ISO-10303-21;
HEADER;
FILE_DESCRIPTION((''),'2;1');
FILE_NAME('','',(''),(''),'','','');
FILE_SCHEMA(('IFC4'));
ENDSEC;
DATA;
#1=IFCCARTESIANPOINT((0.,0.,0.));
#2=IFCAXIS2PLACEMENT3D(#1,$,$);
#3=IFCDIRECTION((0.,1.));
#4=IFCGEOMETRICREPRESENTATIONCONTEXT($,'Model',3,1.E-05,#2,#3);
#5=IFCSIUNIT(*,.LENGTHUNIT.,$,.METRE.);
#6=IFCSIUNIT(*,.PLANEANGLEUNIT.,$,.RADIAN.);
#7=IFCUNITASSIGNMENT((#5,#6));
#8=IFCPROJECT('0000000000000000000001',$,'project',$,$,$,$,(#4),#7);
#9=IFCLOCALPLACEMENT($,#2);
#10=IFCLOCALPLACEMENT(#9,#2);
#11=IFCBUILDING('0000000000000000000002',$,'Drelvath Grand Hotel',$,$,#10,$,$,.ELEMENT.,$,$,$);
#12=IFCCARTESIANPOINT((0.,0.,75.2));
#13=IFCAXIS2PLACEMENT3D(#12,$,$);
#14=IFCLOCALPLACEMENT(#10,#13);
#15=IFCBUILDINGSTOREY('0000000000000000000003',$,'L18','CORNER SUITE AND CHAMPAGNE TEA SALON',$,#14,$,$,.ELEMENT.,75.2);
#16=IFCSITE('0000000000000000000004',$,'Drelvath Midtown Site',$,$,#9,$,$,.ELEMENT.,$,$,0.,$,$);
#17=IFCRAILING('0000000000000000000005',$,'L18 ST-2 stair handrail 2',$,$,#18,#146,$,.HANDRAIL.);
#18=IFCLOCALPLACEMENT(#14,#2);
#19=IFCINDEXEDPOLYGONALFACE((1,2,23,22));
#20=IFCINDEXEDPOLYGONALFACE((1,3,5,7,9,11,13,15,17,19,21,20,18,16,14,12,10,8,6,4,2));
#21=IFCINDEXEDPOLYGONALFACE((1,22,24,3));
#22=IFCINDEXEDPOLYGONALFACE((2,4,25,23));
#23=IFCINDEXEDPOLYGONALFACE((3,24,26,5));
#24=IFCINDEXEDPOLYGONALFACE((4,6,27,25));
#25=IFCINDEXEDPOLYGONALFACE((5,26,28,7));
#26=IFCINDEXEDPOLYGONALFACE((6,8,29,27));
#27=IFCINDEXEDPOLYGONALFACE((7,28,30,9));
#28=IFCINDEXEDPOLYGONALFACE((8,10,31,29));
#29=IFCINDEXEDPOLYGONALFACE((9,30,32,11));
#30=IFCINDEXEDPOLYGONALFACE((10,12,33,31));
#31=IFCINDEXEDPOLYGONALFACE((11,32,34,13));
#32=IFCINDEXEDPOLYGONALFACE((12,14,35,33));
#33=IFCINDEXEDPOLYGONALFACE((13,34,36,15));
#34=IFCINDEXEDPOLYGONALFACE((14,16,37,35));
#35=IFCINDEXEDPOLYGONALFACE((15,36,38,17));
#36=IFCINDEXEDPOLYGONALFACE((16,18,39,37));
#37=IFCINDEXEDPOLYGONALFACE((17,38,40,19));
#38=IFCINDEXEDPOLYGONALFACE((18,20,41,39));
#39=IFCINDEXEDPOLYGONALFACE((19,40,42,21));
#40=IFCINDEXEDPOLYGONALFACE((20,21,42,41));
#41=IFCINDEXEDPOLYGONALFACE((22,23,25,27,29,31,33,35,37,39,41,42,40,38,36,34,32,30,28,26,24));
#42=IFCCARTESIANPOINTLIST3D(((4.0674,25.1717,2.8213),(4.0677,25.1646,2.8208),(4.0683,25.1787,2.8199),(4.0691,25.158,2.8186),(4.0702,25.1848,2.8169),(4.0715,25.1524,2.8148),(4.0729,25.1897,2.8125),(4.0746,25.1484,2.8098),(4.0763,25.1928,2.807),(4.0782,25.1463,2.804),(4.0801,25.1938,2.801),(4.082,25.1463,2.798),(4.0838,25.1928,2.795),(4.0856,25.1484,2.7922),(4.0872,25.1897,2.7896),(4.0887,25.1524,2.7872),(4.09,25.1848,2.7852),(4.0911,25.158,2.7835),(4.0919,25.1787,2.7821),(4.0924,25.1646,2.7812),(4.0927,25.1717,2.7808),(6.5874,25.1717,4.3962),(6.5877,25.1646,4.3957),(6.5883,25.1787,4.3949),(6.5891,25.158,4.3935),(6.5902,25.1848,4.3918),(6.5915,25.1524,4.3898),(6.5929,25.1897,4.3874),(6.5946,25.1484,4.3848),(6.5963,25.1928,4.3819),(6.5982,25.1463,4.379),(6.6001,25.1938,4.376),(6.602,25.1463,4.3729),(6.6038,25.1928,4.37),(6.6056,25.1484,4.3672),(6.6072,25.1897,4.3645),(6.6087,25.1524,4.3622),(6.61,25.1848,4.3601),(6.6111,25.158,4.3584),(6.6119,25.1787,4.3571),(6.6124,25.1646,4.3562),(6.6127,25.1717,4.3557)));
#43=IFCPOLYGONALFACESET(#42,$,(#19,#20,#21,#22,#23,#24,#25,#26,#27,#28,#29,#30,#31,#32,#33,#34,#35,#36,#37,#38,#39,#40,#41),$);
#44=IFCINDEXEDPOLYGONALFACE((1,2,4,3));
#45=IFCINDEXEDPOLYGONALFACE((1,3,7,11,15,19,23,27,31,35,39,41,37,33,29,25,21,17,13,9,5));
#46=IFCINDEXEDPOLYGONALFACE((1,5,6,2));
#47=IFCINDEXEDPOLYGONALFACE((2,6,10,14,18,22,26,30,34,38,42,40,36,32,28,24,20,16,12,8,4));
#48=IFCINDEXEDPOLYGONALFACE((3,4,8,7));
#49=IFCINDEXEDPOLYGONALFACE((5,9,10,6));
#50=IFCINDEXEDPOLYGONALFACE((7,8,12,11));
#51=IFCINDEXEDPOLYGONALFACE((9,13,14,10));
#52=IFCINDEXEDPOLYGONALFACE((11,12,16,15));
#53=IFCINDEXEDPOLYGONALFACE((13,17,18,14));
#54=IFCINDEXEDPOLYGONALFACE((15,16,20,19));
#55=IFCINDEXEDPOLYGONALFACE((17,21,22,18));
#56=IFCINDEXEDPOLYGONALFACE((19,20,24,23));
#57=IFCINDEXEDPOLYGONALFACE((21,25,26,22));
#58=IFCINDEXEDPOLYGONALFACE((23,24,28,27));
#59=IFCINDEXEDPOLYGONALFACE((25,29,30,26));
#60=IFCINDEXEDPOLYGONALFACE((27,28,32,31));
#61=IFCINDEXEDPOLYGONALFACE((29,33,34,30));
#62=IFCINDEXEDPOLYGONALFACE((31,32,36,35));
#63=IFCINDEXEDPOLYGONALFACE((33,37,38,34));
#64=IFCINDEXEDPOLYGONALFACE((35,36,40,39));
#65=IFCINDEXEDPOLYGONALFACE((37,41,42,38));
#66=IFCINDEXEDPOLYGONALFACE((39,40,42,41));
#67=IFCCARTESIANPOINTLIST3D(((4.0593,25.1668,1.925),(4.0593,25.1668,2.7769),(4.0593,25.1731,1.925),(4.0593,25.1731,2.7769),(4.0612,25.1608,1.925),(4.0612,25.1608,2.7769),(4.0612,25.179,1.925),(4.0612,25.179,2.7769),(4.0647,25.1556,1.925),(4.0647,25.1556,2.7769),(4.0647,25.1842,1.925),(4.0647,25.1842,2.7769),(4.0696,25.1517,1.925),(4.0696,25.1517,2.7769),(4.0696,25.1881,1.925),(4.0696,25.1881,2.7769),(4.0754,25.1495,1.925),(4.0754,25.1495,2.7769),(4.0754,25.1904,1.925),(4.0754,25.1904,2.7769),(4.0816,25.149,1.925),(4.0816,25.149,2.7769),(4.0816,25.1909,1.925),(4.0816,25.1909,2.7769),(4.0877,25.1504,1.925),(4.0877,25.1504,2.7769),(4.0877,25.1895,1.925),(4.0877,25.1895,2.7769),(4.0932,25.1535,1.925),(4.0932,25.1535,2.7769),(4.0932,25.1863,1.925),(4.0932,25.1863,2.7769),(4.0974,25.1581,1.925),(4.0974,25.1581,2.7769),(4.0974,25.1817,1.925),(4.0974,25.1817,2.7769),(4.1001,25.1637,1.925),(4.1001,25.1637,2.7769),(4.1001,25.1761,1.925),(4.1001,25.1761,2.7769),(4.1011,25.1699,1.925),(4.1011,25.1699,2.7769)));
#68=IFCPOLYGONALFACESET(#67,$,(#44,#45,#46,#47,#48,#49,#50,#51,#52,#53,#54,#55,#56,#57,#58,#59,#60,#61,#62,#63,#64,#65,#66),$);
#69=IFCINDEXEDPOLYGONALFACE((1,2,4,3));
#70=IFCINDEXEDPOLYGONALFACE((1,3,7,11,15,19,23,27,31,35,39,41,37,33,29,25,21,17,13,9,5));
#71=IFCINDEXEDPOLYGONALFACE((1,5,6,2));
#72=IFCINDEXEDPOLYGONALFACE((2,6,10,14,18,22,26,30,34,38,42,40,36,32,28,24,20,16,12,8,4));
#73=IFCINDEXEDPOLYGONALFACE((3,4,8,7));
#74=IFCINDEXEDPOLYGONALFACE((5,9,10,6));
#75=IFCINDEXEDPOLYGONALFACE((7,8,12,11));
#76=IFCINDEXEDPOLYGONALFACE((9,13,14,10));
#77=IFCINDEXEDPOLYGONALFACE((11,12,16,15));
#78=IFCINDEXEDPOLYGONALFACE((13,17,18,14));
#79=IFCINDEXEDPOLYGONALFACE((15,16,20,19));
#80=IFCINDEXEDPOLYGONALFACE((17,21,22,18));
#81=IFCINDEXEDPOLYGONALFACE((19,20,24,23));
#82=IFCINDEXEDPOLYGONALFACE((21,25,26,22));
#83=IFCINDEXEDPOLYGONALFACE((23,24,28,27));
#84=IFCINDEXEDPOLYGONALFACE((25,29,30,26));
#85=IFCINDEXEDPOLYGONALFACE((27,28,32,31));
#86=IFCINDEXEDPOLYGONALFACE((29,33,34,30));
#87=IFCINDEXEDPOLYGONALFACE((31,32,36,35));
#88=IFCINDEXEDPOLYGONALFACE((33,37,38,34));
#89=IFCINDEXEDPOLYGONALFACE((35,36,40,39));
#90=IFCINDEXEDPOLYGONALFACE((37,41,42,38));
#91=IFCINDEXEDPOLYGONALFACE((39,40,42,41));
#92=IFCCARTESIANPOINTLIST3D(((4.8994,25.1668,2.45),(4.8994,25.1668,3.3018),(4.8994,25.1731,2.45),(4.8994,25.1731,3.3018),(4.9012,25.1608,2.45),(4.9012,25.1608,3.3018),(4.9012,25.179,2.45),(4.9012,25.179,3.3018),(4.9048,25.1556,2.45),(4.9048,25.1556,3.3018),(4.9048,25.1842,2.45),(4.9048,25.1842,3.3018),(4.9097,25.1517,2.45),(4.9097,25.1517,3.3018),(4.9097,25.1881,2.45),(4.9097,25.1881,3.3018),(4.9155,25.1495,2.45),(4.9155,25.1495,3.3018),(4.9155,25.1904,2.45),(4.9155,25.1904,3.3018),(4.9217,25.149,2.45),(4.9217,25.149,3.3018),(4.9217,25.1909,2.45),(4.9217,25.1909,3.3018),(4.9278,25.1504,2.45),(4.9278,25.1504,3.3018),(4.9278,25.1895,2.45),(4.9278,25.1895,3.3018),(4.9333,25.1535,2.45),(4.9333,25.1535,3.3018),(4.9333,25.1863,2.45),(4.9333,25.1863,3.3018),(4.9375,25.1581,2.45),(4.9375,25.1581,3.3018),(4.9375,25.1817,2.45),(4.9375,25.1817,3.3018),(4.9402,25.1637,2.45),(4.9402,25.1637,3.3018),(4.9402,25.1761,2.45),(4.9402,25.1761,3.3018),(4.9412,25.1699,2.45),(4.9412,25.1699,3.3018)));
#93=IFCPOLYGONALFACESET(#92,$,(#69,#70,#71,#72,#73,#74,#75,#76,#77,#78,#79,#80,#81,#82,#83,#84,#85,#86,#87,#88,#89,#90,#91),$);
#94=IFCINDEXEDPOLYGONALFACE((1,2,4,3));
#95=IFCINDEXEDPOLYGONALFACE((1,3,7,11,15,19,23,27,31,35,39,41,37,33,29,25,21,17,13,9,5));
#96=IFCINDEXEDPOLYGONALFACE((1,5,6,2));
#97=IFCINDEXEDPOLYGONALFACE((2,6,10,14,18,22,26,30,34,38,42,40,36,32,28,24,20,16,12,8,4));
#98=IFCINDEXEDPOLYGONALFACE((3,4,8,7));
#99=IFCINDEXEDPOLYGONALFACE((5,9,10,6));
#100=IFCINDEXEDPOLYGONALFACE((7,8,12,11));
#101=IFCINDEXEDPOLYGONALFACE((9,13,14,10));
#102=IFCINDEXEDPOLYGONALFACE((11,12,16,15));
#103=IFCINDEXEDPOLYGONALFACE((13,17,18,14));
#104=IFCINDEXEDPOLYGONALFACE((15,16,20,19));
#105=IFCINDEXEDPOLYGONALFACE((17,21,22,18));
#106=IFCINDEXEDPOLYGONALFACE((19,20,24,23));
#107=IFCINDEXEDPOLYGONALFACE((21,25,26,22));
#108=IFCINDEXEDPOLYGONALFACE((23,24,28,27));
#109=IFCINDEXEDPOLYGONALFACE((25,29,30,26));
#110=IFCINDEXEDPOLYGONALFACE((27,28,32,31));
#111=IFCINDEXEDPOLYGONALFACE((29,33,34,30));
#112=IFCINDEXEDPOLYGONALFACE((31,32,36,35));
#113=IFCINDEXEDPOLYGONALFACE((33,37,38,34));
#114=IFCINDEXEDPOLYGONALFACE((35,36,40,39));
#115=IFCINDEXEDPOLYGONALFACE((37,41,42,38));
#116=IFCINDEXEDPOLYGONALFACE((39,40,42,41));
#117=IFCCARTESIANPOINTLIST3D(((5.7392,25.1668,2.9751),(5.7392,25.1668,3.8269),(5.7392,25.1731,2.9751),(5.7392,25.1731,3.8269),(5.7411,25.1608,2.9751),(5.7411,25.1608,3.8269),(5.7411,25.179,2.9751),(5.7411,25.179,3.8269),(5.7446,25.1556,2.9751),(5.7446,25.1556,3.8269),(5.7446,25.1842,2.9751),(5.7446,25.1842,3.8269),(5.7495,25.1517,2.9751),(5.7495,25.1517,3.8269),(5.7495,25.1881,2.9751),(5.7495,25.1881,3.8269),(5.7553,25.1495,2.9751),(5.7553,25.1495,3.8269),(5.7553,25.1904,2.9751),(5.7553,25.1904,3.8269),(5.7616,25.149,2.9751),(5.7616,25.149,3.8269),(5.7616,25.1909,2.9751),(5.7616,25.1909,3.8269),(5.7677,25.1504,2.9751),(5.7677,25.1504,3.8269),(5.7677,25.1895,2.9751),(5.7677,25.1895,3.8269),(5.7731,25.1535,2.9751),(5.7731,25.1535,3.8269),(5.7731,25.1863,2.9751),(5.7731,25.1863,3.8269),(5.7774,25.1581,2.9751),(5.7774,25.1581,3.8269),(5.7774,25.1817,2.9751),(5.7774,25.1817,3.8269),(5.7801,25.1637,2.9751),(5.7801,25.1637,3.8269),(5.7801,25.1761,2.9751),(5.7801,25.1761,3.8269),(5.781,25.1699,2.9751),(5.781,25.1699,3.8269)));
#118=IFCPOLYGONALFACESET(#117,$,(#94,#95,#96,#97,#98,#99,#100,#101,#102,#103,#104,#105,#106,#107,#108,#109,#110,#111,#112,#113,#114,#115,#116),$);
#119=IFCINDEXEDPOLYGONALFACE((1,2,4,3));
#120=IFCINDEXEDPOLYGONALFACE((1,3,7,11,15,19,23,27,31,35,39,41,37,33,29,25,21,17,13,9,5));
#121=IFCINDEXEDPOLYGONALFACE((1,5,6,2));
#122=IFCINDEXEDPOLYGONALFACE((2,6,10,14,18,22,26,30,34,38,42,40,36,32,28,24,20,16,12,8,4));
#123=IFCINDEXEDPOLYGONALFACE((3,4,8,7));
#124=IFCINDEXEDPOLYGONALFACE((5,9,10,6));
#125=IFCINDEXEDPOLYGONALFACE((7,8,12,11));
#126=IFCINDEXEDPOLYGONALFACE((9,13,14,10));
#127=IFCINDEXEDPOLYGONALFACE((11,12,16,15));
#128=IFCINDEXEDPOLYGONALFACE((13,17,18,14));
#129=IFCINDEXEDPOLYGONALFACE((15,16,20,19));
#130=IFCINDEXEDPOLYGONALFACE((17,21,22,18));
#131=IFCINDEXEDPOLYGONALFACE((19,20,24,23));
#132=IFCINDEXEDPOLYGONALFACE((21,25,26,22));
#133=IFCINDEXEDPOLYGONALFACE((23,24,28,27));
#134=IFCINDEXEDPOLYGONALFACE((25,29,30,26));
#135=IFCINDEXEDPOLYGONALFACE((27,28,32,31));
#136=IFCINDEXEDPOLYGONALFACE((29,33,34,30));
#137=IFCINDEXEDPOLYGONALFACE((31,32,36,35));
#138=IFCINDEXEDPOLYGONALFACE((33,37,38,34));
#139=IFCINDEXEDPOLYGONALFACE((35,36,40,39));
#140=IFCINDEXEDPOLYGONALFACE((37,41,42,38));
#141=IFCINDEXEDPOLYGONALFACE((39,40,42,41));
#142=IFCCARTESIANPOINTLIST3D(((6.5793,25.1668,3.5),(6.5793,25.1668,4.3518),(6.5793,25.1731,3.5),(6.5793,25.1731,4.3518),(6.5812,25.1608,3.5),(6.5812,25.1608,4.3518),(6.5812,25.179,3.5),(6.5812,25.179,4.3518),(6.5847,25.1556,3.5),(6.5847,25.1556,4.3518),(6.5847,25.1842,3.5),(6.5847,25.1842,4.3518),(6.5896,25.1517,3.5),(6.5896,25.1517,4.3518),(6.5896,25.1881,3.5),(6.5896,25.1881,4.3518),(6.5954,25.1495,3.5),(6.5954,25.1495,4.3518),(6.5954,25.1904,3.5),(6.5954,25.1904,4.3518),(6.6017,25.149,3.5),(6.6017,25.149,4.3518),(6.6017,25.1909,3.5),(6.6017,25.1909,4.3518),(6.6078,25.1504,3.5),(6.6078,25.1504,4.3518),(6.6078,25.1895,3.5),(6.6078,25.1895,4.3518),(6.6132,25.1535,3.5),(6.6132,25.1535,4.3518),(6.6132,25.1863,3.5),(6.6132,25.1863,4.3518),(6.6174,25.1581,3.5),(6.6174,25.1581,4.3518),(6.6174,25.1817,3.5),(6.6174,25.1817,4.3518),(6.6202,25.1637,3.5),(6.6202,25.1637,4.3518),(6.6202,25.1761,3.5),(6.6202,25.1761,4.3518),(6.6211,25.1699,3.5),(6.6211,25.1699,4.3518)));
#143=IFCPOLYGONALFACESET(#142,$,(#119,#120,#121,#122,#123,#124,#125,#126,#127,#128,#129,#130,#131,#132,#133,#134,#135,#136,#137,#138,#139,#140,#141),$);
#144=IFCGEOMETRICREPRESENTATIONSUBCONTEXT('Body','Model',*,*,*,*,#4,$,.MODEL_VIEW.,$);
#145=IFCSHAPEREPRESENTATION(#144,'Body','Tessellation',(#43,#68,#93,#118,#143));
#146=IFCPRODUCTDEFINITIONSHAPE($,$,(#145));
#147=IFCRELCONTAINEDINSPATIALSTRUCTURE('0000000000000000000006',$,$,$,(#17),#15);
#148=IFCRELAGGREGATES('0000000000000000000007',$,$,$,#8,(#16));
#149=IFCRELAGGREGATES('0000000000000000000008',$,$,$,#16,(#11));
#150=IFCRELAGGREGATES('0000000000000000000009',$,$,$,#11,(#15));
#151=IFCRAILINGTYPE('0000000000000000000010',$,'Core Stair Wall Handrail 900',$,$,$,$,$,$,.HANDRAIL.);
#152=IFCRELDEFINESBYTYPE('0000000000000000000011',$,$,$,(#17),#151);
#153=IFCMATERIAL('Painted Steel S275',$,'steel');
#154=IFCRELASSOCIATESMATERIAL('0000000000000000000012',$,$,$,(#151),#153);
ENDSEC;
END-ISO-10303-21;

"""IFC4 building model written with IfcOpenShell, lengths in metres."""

from ifc_helpers import new_model, si_unit, direction, frame, origin, origin_2d, place, context, subcontext, project, spatial, circle, extrude, material, type_object, element, save


model = new_model("IFC4")

# Units and contexts
model_context = context("Model", 3, precision=1e-05, world=origin(), true_north=direction((0.0, 1.0)))
body_context = subcontext(model_context, "Body", "Model", "MODEL_VIEW")
ifc_project = project(units=[si_unit("LENGTHUNIT", "METRE"), si_unit("PLANEANGLEUNIT", "RADIAN")], contexts=[model_context])

# Site, building, storey
site_placement = place(None, origin())
site = spatial("IfcSite", under=ifc_project, at=site_placement, Name="Drelvath Midtown Site", CompositionType="ELEMENT", RefElevation=0.0)
building_placement = place(site_placement, origin())
building = spatial("IfcBuilding", under=site, at=building_placement, Name="Drelvath Grand Hotel", CompositionType="ELEMENT")
storey_placement = place(building_placement, frame((0.0, 0.0, 75.2)))
storey = spatial("IfcBuildingStorey", under=building, at=storey_placement, Name="L18", Description="CORNER SUITE AND CHAMPAGNE TEA SALON", CompositionType="ELEMENT", Elevation=75.2)

# Shared definitions
ifc_material_1 = material(Name="Painted Steel S275", Category="steel")

# Railing
railing_type_1 = type_object("IfcRailingType", Name="Core Stair Wall Handrail 900", PredefinedType="HANDRAIL", material=ifc_material_1)
railing_1_placement = place(storey_placement, frame((4.0801, 25.1699, 1.925)))
element("IfcRailing", 1, at=railing_1_placement, inside=storey, type_object=railing_type_1, Name="L18 ST-2 stair handrail 2", PredefinedType="HANDRAIL", context=body_context, shape_type="SweptSolid", body=[
    extrude(circle(Radius=0.0239, at=origin_2d()), frame((0.0, 0.0, 0.876), z_axis=(0.848008, 0.0, 0.529984), x_axis=(0.0, 1.0, 0.0)), (0.0, 0.0, 1.0), 2.9717),
    extrude(circle(Radius=0.021, at=origin_2d()), origin(), (0.0, 0.0, 1.0), 0.8518),
    extrude(circle(Radius=0.021, at=origin_2d()), frame((0.8401, 0.0, 0.5249)), (0.0, 0.0, 1.0), 0.8518),
    extrude(circle(Radius=0.021, at=origin_2d()), frame((1.6799, 0.0, 1.05)), (0.0, 0.0, 1.0), 0.8518),
    extrude(circle(Radius=0.021, at=origin_2d()), frame((2.52, 0.0, 1.575)), (0.0, 0.0, 1.0), 0.8518),
])

save(model, "model.ifc")
